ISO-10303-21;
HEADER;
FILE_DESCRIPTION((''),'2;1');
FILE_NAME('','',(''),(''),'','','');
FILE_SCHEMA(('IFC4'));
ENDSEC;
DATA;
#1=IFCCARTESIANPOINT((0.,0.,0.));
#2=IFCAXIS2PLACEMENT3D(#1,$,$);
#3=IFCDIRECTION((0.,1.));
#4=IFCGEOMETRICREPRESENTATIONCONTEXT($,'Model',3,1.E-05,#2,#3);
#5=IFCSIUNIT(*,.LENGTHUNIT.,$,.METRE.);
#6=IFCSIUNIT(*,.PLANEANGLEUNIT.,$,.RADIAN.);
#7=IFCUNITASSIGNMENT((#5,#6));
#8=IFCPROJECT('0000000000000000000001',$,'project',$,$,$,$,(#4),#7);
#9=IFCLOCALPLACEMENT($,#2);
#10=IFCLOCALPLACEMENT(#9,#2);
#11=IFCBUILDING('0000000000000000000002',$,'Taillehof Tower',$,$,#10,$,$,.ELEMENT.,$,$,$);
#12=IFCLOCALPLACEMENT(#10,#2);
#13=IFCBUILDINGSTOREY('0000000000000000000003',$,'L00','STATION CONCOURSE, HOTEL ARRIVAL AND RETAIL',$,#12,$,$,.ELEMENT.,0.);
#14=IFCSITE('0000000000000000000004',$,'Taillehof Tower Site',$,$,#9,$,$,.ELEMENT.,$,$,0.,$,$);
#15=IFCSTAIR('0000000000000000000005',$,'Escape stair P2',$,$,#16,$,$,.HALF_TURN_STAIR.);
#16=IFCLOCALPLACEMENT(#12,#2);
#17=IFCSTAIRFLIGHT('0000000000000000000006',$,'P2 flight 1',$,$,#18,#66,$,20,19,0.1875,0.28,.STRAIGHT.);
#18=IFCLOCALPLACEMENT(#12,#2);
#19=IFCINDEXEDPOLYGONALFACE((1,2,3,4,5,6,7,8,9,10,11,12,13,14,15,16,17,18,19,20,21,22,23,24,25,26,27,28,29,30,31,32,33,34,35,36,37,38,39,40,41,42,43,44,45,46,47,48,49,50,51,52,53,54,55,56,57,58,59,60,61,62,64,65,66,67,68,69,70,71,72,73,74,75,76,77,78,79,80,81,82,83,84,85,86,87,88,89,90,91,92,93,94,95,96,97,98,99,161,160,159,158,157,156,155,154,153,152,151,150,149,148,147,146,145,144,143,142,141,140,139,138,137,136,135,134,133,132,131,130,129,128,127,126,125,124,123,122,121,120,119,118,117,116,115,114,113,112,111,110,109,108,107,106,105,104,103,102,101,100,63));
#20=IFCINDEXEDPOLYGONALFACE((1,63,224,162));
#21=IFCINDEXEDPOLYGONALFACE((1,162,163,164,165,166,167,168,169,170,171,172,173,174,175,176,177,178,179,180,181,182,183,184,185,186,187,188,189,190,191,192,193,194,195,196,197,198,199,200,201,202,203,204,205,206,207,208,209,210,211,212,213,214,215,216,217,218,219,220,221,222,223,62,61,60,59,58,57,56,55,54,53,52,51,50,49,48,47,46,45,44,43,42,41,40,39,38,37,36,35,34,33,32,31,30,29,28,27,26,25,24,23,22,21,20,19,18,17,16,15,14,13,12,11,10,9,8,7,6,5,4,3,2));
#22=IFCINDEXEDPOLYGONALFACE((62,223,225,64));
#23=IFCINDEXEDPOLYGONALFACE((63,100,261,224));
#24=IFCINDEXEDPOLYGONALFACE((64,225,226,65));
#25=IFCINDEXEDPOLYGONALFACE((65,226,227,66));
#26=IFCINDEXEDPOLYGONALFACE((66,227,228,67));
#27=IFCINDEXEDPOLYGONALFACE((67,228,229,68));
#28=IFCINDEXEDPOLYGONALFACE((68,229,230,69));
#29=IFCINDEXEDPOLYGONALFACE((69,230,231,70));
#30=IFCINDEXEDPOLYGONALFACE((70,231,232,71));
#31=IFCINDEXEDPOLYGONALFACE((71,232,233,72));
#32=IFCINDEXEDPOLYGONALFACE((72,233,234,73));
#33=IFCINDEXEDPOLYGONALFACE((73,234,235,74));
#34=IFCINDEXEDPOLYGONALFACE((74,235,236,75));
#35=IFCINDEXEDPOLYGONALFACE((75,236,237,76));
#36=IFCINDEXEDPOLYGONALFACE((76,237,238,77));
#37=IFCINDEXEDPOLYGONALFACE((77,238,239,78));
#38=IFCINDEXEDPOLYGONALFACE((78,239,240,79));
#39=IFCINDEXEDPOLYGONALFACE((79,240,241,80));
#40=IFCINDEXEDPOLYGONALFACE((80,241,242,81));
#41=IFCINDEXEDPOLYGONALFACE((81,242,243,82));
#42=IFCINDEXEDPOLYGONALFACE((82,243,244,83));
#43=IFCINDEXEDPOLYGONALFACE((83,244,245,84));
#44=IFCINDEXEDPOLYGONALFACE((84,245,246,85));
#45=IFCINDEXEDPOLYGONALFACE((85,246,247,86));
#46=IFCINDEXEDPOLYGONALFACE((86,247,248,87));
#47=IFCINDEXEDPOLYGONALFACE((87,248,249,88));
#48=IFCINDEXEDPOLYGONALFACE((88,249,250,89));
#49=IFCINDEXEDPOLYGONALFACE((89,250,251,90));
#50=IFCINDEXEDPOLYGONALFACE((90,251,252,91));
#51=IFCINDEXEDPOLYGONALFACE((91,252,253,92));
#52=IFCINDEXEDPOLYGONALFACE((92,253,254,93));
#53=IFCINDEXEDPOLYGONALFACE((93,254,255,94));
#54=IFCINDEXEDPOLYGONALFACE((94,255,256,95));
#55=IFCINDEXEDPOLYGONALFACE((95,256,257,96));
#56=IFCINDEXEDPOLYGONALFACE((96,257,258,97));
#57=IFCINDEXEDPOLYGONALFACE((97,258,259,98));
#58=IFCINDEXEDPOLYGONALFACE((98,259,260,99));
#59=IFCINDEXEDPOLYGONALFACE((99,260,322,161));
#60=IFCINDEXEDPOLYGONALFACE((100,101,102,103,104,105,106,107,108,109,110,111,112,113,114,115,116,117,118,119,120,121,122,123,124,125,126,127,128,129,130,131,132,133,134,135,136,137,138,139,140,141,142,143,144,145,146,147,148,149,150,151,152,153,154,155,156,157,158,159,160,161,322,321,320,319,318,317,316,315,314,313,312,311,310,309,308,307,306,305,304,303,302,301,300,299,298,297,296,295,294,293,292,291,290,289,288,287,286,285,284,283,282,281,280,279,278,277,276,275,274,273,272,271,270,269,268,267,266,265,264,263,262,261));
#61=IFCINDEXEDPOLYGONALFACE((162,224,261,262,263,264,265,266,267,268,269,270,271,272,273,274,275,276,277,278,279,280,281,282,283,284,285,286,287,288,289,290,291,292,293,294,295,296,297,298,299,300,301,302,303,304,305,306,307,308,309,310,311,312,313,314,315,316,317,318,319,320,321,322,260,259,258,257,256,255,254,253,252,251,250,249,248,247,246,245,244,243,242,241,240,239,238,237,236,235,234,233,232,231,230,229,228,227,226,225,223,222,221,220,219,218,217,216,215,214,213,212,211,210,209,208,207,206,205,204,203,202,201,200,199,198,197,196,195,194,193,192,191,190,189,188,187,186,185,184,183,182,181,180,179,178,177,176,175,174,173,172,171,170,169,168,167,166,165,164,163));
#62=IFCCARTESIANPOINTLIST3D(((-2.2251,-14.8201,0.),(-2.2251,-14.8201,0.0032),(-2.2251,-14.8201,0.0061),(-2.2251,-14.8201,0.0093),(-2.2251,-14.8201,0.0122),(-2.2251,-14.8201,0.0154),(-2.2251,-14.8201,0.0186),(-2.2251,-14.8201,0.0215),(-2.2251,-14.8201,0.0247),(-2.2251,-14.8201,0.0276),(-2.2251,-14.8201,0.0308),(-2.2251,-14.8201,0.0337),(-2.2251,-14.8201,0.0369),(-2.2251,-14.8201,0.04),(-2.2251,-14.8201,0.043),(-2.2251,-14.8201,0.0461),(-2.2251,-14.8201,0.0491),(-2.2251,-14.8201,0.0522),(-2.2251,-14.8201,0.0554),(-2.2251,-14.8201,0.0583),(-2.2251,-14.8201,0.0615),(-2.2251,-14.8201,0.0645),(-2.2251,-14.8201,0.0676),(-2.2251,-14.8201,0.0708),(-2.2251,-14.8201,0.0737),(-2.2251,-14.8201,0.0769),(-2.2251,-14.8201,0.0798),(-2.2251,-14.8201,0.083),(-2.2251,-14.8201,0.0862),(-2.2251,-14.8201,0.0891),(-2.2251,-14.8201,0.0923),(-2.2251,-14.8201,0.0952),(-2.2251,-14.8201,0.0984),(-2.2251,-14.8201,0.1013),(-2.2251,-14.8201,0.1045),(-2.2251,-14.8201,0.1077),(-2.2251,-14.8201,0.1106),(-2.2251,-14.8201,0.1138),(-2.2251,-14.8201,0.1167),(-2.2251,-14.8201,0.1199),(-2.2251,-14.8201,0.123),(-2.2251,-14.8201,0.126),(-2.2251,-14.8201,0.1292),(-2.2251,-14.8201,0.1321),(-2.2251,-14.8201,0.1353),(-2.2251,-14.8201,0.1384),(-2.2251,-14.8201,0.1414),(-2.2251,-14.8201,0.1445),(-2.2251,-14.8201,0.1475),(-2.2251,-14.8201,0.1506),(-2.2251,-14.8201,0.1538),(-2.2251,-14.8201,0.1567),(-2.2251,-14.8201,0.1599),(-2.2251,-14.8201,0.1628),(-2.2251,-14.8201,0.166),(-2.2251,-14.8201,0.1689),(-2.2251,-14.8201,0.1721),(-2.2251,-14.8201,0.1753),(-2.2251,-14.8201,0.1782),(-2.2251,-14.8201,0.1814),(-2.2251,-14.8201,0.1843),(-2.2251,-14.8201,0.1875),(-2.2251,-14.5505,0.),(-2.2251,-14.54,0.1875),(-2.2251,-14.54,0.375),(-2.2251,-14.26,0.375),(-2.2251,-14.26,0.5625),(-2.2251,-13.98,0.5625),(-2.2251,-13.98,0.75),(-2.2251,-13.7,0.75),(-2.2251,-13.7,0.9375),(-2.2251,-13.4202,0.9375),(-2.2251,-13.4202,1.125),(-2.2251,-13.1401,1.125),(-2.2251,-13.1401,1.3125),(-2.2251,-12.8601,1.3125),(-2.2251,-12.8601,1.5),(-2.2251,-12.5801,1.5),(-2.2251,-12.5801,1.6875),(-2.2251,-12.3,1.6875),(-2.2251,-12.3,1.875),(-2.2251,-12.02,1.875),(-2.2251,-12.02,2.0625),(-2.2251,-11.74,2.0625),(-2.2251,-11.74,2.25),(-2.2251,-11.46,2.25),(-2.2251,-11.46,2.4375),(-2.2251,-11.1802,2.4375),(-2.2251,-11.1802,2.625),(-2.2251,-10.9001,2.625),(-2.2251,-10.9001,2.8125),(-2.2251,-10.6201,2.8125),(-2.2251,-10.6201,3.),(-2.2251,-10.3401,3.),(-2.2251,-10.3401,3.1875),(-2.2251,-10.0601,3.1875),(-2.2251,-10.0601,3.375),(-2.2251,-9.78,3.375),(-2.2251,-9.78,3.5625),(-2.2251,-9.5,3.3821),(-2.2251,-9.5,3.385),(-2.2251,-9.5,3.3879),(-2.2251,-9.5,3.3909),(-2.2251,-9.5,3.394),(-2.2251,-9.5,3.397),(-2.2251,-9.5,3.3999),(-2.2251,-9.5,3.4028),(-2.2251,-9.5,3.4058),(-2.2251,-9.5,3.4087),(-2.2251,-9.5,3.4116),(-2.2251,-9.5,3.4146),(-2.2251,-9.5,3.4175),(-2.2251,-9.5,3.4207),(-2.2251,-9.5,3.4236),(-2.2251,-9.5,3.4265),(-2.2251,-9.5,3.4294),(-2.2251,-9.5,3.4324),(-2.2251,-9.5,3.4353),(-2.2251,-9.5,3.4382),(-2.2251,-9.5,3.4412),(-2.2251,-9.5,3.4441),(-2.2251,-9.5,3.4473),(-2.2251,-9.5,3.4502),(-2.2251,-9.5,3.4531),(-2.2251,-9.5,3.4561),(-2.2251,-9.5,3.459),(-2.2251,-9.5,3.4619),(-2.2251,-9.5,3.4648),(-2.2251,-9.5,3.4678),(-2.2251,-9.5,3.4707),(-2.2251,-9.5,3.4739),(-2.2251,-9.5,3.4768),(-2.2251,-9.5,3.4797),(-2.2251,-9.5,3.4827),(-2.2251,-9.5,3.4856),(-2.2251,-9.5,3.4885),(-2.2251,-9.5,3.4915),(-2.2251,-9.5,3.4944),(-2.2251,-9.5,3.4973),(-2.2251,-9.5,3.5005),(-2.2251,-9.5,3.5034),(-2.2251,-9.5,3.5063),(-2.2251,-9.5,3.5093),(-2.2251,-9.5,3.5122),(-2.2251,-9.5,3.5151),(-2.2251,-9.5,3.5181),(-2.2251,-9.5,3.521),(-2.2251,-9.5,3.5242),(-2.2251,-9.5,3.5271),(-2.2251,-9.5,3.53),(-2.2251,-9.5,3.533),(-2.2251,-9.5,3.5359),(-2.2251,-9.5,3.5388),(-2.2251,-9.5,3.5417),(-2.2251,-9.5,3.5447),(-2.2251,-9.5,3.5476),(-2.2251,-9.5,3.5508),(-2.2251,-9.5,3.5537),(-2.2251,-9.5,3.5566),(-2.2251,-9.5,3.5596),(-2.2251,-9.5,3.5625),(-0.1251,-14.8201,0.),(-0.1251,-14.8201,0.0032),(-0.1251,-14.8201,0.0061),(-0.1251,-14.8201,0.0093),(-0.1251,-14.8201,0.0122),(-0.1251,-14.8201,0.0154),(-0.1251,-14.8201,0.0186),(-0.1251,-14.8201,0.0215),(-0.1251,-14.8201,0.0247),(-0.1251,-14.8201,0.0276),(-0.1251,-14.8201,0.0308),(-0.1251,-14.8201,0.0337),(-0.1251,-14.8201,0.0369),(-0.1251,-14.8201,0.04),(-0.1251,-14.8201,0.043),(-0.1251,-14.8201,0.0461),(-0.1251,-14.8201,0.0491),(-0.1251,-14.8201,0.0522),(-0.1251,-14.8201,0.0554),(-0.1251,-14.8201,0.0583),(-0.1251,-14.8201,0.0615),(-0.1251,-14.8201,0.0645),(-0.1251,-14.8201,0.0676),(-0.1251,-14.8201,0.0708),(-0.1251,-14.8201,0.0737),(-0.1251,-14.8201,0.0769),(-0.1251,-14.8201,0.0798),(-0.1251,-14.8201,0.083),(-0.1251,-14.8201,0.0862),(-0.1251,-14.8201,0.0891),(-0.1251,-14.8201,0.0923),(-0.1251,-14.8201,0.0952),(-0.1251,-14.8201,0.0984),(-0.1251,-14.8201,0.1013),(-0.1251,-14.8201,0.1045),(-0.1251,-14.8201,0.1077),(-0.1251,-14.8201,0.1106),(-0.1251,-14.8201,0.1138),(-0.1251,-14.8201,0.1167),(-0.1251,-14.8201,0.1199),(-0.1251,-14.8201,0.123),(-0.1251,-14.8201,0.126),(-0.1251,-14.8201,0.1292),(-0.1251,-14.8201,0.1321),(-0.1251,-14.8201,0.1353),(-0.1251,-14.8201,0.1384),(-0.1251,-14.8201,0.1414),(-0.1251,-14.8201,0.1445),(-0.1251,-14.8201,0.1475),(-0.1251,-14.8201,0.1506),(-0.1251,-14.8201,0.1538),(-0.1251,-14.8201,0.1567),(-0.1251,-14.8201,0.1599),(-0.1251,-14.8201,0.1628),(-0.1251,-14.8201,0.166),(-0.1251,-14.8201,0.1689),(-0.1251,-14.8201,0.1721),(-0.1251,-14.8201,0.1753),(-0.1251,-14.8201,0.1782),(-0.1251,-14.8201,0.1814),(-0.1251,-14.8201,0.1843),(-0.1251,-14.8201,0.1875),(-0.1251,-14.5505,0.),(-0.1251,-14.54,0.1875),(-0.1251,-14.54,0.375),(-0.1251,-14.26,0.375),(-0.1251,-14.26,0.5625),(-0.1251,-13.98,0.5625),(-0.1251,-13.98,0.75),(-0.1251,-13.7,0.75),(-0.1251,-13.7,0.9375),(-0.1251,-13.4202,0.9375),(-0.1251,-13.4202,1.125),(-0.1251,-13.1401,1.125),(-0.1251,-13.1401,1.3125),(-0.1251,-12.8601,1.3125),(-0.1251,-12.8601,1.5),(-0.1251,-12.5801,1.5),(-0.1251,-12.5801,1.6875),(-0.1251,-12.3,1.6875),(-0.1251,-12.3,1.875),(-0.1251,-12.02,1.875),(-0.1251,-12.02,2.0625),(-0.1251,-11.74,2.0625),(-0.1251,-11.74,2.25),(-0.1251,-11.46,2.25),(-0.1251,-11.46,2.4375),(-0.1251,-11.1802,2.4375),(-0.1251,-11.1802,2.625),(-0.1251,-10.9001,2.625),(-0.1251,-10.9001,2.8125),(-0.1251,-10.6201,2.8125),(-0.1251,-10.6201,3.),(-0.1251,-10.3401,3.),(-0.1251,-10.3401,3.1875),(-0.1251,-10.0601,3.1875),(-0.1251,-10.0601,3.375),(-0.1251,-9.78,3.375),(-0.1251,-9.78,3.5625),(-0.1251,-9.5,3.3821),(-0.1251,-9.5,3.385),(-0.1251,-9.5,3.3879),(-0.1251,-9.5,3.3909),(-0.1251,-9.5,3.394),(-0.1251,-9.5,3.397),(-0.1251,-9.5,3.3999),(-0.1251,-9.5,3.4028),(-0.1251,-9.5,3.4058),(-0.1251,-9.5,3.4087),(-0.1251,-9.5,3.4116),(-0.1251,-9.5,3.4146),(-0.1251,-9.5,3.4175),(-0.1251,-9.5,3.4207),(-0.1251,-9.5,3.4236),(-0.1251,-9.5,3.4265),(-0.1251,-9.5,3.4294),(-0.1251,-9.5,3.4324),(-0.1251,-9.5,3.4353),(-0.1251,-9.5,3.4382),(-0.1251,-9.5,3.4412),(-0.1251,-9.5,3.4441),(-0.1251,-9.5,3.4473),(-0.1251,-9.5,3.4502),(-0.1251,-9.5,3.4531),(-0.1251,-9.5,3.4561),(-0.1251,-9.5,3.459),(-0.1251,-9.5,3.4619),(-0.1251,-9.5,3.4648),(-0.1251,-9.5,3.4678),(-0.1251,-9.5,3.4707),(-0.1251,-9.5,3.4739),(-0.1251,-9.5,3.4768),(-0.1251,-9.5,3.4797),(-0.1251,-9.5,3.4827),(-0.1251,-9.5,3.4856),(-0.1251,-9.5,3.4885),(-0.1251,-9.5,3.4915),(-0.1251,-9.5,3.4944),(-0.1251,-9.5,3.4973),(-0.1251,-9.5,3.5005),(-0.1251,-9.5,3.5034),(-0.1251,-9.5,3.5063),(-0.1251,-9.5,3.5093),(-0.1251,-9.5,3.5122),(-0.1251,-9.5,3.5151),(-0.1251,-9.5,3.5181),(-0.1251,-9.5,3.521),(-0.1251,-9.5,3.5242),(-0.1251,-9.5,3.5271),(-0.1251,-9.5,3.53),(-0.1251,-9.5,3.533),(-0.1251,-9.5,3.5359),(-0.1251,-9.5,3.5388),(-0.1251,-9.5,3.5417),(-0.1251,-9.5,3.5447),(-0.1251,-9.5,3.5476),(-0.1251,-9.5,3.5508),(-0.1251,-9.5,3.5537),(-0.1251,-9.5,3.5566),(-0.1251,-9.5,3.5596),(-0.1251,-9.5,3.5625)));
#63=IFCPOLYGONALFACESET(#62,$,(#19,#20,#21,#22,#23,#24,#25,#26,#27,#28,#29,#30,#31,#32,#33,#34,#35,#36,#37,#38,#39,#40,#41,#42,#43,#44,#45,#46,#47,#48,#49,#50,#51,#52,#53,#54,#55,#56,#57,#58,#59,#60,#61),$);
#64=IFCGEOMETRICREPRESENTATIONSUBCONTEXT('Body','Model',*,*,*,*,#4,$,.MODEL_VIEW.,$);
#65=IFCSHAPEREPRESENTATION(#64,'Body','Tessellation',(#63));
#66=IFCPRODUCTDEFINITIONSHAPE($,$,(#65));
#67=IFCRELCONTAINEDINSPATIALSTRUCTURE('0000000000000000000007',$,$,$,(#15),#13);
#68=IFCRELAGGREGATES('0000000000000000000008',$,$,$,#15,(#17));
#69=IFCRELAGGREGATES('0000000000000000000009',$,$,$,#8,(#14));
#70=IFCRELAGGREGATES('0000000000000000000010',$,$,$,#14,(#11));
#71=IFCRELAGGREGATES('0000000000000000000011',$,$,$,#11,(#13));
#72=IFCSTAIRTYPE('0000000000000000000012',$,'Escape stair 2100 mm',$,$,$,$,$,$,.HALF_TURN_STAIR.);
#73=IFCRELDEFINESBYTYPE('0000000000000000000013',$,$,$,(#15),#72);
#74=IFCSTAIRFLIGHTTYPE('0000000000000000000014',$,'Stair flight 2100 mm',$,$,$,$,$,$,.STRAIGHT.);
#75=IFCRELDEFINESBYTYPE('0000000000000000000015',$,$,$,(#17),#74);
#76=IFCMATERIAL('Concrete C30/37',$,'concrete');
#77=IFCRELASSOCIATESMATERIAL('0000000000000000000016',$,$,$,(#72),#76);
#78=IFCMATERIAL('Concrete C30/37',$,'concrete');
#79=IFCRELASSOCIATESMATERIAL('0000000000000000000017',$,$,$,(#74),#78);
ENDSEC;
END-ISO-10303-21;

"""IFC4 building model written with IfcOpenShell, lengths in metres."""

from ifc_helpers import new_model, si_unit, direction, frame, origin, place, context, subcontext, project, spatial, polyline, outline, extrude, material, type_object, element, aggregate, save


model = new_model("IFC4")

# Units and contexts
model_context = context("Model", 3, precision=1e-05, world=origin(), true_north=direction((0.0, 1.0)))
body_context = subcontext(model_context, "Body", "Model", "MODEL_VIEW")
ifc_project = project(units=[si_unit("LENGTHUNIT", "METRE"), si_unit("PLANEANGLEUNIT", "RADIAN")], contexts=[model_context])

# Site, building, storey
site_placement = place(None, origin())
site = spatial("IfcSite", under=ifc_project, at=site_placement, Name="Taillehof Tower Site", CompositionType="ELEMENT", RefElevation=0.0)
building_placement = place(site_placement, origin())
building = spatial("IfcBuilding", under=site, at=building_placement, Name="Taillehof Tower", CompositionType="ELEMENT")
storey_placement = place(building_placement, origin())
storey = spatial("IfcBuildingStorey", under=building, at=storey_placement, Name="L00", Description="STATION CONCOURSE, HOTEL ARRIVAL AND RETAIL", CompositionType="ELEMENT", Elevation=0.0)

# Stair, stair flight
ifc_material_1 = material(Name="Concrete C30/37", Category="concrete")
stair_type_1 = type_object("IfcStairType", Name="Escape stair 2100 mm", PredefinedType="HALF_TURN_STAIR", material=ifc_material_1)
stair_1_placement = place(storey_placement, origin())
stair_1 = element("IfcStair", 1, at=stair_1_placement, inside=storey, type_object=stair_type_1, Name="Escape stair P2", PredefinedType="HALF_TURN_STAIR")
ifc_material_2 = material(Name="Concrete C30/37", Category="concrete")
stair_flight_type_1 = type_object("IfcStairFlightType", Name="Stair flight 2100 mm", PredefinedType="STRAIGHT", material=ifc_material_2)
stair_flight_1_placement = place(storey_placement, frame((-1.175, -14.8201, 0.0), z_axis=(0.0, 0.0, 1.0), x_axis=(0.0, 1.0, 0.0)))
stair_flight_1 = element("IfcStairFlight", 2, at=stair_flight_1_placement, type_object=stair_flight_type_1, Name="P2 flight 1", NumberOfRisers=20, NumberOfTreads=19, PredefinedType="STRAIGHT", RiserHeight=0.1875, TreadLength=0.28, context=body_context, shape_type="SweptSolid", body=[
    extrude(outline(polyline([(0.0, 0.0), (0.0, 0.0032), (0.0, 0.0061), (0.0, 0.0093), (0.0, 0.0122), (0.0, 0.0154), (0.0, 0.0186), (0.0, 0.0215), (0.0, 0.0247), (0.0, 0.0276), (0.0, 0.0308), (0.0, 0.0337), (0.0, 0.0369), (0.0, 0.04), (0.0, 0.043), (0.0, 0.0461), (0.0, 0.0491), (0.0, 0.0522), (0.0, 0.0554), (0.0, 0.0583), (0.0, 0.0615), (0.0, 0.0645), (0.0, 0.0676), (0.0, 0.0708), (0.0, 0.0737), (0.0, 0.0769), (0.0, 0.0798), (0.0, 0.083), (0.0, 0.0862), (0.0, 0.0891), (0.0, 0.0923), (0.0, 0.0952), (0.0, 0.0984), (0.0, 0.1013), (0.0, 0.1045), (0.0, 0.1077), (0.0, 0.1106), (0.0, 0.1138), (0.0, 0.1167), (0.0, 0.1199), (0.0, 0.123), (0.0, 0.126), (0.0, 0.1292), (0.0, 0.1321), (0.0, 0.1353), (0.0, 0.1384), (0.0, 0.1414), (0.0, 0.1445), (0.0, 0.1475), (0.0, 0.1506), (0.0, 0.1538), (0.0, 0.1567), (0.0, 0.1599), (0.0, 0.1628), (0.0, 0.166), (0.0, 0.1689), (0.0, 0.1721), (0.0, 0.1753), (0.0, 0.1782), (0.0, 0.1814), (0.0, 0.1843), (0.0, 0.1875), (0.28, 0.1875), (0.28, 0.375), (0.5601, 0.375), (0.5601, 0.5625), (0.8401, 0.5625), (0.8401, 0.75), (1.1201, 0.75), (1.1201, 0.9375), (1.3999, 0.9375), (1.3999, 1.125), (1.6799, 1.125), (1.6799, 1.3125), (1.96, 1.3125), (1.96, 1.5), (2.24, 1.5), (2.24, 1.6875), (2.52, 1.6875), (2.52, 1.875), (2.8, 1.875), (2.8, 2.0625), (3.0801, 2.0625), (3.0801, 2.25), (3.3601, 2.25), (3.3601, 2.4375), (3.6399, 2.4375), (3.6399, 2.625), (3.9199, 2.625), (3.9199, 2.8125), (4.2, 2.8125), (4.2, 3.0), (4.48, 3.0), (4.48, 3.1875), (4.76, 3.1875), (4.76, 3.375), (5.04, 3.375), (5.04, 3.5625), (5.3201, 3.5625), (5.3201, 3.5596), (5.3201, 3.5566), (5.3201, 3.5537), (5.3201, 3.5508), (5.3201, 3.5476), (5.3201, 3.5447), (5.3201, 3.5417), (5.3201, 3.5388), (5.3201, 3.5359), (5.3201, 3.533), (5.3201, 3.53), (5.3201, 3.5271), (5.3201, 3.5242), (5.3201, 3.521), (5.3201, 3.5181), (5.3201, 3.5151), (5.3201, 3.5122), (5.3201, 3.5093), (5.3201, 3.5063), (5.3201, 3.5034), (5.3201, 3.5005), (5.3201, 3.4973), (5.3201, 3.4944), (5.3201, 3.4915), (5.3201, 3.4885), (5.3201, 3.4856), (5.3201, 3.4827), (5.3201, 3.4797), (5.3201, 3.4768), (5.3201, 3.4739), (5.3201, 3.4707), (5.3201, 3.4678), (5.3201, 3.4648), (5.3201, 3.4619), (5.3201, 3.459), (5.3201, 3.4561), (5.3201, 3.4531), (5.3201, 3.4502), (5.3201, 3.4473), (5.3201, 3.4441), (5.3201, 3.4412), (5.3201, 3.4382), (5.3201, 3.4353), (5.3201, 3.4324), (5.3201, 3.4294), (5.3201, 3.4265), (5.3201, 3.4236), (5.3201, 3.4207), (5.3201, 3.4175), (5.3201, 3.4146), (5.3201, 3.4116), (5.3201, 3.4087), (5.3201, 3.4058), (5.3201, 3.4028), (5.3201, 3.3999), (5.3201, 3.397), (5.3201, 3.394), (5.3201, 3.3909), (5.3201, 3.3879), (5.3201, 3.385), (5.3201, 3.3821), (0.2695, 0.0), (0.0, 0.0)])), frame((0.0, 1.05, 0.0), z_axis=(0.0, -1.0, 0.0), x_axis=(1.0, 0.0, 0.0)), (0.0, 0.0, 1.0), 2.1),
])
aggregate(stair_1, [stair_flight_1])

save(model, "model.ifc")
